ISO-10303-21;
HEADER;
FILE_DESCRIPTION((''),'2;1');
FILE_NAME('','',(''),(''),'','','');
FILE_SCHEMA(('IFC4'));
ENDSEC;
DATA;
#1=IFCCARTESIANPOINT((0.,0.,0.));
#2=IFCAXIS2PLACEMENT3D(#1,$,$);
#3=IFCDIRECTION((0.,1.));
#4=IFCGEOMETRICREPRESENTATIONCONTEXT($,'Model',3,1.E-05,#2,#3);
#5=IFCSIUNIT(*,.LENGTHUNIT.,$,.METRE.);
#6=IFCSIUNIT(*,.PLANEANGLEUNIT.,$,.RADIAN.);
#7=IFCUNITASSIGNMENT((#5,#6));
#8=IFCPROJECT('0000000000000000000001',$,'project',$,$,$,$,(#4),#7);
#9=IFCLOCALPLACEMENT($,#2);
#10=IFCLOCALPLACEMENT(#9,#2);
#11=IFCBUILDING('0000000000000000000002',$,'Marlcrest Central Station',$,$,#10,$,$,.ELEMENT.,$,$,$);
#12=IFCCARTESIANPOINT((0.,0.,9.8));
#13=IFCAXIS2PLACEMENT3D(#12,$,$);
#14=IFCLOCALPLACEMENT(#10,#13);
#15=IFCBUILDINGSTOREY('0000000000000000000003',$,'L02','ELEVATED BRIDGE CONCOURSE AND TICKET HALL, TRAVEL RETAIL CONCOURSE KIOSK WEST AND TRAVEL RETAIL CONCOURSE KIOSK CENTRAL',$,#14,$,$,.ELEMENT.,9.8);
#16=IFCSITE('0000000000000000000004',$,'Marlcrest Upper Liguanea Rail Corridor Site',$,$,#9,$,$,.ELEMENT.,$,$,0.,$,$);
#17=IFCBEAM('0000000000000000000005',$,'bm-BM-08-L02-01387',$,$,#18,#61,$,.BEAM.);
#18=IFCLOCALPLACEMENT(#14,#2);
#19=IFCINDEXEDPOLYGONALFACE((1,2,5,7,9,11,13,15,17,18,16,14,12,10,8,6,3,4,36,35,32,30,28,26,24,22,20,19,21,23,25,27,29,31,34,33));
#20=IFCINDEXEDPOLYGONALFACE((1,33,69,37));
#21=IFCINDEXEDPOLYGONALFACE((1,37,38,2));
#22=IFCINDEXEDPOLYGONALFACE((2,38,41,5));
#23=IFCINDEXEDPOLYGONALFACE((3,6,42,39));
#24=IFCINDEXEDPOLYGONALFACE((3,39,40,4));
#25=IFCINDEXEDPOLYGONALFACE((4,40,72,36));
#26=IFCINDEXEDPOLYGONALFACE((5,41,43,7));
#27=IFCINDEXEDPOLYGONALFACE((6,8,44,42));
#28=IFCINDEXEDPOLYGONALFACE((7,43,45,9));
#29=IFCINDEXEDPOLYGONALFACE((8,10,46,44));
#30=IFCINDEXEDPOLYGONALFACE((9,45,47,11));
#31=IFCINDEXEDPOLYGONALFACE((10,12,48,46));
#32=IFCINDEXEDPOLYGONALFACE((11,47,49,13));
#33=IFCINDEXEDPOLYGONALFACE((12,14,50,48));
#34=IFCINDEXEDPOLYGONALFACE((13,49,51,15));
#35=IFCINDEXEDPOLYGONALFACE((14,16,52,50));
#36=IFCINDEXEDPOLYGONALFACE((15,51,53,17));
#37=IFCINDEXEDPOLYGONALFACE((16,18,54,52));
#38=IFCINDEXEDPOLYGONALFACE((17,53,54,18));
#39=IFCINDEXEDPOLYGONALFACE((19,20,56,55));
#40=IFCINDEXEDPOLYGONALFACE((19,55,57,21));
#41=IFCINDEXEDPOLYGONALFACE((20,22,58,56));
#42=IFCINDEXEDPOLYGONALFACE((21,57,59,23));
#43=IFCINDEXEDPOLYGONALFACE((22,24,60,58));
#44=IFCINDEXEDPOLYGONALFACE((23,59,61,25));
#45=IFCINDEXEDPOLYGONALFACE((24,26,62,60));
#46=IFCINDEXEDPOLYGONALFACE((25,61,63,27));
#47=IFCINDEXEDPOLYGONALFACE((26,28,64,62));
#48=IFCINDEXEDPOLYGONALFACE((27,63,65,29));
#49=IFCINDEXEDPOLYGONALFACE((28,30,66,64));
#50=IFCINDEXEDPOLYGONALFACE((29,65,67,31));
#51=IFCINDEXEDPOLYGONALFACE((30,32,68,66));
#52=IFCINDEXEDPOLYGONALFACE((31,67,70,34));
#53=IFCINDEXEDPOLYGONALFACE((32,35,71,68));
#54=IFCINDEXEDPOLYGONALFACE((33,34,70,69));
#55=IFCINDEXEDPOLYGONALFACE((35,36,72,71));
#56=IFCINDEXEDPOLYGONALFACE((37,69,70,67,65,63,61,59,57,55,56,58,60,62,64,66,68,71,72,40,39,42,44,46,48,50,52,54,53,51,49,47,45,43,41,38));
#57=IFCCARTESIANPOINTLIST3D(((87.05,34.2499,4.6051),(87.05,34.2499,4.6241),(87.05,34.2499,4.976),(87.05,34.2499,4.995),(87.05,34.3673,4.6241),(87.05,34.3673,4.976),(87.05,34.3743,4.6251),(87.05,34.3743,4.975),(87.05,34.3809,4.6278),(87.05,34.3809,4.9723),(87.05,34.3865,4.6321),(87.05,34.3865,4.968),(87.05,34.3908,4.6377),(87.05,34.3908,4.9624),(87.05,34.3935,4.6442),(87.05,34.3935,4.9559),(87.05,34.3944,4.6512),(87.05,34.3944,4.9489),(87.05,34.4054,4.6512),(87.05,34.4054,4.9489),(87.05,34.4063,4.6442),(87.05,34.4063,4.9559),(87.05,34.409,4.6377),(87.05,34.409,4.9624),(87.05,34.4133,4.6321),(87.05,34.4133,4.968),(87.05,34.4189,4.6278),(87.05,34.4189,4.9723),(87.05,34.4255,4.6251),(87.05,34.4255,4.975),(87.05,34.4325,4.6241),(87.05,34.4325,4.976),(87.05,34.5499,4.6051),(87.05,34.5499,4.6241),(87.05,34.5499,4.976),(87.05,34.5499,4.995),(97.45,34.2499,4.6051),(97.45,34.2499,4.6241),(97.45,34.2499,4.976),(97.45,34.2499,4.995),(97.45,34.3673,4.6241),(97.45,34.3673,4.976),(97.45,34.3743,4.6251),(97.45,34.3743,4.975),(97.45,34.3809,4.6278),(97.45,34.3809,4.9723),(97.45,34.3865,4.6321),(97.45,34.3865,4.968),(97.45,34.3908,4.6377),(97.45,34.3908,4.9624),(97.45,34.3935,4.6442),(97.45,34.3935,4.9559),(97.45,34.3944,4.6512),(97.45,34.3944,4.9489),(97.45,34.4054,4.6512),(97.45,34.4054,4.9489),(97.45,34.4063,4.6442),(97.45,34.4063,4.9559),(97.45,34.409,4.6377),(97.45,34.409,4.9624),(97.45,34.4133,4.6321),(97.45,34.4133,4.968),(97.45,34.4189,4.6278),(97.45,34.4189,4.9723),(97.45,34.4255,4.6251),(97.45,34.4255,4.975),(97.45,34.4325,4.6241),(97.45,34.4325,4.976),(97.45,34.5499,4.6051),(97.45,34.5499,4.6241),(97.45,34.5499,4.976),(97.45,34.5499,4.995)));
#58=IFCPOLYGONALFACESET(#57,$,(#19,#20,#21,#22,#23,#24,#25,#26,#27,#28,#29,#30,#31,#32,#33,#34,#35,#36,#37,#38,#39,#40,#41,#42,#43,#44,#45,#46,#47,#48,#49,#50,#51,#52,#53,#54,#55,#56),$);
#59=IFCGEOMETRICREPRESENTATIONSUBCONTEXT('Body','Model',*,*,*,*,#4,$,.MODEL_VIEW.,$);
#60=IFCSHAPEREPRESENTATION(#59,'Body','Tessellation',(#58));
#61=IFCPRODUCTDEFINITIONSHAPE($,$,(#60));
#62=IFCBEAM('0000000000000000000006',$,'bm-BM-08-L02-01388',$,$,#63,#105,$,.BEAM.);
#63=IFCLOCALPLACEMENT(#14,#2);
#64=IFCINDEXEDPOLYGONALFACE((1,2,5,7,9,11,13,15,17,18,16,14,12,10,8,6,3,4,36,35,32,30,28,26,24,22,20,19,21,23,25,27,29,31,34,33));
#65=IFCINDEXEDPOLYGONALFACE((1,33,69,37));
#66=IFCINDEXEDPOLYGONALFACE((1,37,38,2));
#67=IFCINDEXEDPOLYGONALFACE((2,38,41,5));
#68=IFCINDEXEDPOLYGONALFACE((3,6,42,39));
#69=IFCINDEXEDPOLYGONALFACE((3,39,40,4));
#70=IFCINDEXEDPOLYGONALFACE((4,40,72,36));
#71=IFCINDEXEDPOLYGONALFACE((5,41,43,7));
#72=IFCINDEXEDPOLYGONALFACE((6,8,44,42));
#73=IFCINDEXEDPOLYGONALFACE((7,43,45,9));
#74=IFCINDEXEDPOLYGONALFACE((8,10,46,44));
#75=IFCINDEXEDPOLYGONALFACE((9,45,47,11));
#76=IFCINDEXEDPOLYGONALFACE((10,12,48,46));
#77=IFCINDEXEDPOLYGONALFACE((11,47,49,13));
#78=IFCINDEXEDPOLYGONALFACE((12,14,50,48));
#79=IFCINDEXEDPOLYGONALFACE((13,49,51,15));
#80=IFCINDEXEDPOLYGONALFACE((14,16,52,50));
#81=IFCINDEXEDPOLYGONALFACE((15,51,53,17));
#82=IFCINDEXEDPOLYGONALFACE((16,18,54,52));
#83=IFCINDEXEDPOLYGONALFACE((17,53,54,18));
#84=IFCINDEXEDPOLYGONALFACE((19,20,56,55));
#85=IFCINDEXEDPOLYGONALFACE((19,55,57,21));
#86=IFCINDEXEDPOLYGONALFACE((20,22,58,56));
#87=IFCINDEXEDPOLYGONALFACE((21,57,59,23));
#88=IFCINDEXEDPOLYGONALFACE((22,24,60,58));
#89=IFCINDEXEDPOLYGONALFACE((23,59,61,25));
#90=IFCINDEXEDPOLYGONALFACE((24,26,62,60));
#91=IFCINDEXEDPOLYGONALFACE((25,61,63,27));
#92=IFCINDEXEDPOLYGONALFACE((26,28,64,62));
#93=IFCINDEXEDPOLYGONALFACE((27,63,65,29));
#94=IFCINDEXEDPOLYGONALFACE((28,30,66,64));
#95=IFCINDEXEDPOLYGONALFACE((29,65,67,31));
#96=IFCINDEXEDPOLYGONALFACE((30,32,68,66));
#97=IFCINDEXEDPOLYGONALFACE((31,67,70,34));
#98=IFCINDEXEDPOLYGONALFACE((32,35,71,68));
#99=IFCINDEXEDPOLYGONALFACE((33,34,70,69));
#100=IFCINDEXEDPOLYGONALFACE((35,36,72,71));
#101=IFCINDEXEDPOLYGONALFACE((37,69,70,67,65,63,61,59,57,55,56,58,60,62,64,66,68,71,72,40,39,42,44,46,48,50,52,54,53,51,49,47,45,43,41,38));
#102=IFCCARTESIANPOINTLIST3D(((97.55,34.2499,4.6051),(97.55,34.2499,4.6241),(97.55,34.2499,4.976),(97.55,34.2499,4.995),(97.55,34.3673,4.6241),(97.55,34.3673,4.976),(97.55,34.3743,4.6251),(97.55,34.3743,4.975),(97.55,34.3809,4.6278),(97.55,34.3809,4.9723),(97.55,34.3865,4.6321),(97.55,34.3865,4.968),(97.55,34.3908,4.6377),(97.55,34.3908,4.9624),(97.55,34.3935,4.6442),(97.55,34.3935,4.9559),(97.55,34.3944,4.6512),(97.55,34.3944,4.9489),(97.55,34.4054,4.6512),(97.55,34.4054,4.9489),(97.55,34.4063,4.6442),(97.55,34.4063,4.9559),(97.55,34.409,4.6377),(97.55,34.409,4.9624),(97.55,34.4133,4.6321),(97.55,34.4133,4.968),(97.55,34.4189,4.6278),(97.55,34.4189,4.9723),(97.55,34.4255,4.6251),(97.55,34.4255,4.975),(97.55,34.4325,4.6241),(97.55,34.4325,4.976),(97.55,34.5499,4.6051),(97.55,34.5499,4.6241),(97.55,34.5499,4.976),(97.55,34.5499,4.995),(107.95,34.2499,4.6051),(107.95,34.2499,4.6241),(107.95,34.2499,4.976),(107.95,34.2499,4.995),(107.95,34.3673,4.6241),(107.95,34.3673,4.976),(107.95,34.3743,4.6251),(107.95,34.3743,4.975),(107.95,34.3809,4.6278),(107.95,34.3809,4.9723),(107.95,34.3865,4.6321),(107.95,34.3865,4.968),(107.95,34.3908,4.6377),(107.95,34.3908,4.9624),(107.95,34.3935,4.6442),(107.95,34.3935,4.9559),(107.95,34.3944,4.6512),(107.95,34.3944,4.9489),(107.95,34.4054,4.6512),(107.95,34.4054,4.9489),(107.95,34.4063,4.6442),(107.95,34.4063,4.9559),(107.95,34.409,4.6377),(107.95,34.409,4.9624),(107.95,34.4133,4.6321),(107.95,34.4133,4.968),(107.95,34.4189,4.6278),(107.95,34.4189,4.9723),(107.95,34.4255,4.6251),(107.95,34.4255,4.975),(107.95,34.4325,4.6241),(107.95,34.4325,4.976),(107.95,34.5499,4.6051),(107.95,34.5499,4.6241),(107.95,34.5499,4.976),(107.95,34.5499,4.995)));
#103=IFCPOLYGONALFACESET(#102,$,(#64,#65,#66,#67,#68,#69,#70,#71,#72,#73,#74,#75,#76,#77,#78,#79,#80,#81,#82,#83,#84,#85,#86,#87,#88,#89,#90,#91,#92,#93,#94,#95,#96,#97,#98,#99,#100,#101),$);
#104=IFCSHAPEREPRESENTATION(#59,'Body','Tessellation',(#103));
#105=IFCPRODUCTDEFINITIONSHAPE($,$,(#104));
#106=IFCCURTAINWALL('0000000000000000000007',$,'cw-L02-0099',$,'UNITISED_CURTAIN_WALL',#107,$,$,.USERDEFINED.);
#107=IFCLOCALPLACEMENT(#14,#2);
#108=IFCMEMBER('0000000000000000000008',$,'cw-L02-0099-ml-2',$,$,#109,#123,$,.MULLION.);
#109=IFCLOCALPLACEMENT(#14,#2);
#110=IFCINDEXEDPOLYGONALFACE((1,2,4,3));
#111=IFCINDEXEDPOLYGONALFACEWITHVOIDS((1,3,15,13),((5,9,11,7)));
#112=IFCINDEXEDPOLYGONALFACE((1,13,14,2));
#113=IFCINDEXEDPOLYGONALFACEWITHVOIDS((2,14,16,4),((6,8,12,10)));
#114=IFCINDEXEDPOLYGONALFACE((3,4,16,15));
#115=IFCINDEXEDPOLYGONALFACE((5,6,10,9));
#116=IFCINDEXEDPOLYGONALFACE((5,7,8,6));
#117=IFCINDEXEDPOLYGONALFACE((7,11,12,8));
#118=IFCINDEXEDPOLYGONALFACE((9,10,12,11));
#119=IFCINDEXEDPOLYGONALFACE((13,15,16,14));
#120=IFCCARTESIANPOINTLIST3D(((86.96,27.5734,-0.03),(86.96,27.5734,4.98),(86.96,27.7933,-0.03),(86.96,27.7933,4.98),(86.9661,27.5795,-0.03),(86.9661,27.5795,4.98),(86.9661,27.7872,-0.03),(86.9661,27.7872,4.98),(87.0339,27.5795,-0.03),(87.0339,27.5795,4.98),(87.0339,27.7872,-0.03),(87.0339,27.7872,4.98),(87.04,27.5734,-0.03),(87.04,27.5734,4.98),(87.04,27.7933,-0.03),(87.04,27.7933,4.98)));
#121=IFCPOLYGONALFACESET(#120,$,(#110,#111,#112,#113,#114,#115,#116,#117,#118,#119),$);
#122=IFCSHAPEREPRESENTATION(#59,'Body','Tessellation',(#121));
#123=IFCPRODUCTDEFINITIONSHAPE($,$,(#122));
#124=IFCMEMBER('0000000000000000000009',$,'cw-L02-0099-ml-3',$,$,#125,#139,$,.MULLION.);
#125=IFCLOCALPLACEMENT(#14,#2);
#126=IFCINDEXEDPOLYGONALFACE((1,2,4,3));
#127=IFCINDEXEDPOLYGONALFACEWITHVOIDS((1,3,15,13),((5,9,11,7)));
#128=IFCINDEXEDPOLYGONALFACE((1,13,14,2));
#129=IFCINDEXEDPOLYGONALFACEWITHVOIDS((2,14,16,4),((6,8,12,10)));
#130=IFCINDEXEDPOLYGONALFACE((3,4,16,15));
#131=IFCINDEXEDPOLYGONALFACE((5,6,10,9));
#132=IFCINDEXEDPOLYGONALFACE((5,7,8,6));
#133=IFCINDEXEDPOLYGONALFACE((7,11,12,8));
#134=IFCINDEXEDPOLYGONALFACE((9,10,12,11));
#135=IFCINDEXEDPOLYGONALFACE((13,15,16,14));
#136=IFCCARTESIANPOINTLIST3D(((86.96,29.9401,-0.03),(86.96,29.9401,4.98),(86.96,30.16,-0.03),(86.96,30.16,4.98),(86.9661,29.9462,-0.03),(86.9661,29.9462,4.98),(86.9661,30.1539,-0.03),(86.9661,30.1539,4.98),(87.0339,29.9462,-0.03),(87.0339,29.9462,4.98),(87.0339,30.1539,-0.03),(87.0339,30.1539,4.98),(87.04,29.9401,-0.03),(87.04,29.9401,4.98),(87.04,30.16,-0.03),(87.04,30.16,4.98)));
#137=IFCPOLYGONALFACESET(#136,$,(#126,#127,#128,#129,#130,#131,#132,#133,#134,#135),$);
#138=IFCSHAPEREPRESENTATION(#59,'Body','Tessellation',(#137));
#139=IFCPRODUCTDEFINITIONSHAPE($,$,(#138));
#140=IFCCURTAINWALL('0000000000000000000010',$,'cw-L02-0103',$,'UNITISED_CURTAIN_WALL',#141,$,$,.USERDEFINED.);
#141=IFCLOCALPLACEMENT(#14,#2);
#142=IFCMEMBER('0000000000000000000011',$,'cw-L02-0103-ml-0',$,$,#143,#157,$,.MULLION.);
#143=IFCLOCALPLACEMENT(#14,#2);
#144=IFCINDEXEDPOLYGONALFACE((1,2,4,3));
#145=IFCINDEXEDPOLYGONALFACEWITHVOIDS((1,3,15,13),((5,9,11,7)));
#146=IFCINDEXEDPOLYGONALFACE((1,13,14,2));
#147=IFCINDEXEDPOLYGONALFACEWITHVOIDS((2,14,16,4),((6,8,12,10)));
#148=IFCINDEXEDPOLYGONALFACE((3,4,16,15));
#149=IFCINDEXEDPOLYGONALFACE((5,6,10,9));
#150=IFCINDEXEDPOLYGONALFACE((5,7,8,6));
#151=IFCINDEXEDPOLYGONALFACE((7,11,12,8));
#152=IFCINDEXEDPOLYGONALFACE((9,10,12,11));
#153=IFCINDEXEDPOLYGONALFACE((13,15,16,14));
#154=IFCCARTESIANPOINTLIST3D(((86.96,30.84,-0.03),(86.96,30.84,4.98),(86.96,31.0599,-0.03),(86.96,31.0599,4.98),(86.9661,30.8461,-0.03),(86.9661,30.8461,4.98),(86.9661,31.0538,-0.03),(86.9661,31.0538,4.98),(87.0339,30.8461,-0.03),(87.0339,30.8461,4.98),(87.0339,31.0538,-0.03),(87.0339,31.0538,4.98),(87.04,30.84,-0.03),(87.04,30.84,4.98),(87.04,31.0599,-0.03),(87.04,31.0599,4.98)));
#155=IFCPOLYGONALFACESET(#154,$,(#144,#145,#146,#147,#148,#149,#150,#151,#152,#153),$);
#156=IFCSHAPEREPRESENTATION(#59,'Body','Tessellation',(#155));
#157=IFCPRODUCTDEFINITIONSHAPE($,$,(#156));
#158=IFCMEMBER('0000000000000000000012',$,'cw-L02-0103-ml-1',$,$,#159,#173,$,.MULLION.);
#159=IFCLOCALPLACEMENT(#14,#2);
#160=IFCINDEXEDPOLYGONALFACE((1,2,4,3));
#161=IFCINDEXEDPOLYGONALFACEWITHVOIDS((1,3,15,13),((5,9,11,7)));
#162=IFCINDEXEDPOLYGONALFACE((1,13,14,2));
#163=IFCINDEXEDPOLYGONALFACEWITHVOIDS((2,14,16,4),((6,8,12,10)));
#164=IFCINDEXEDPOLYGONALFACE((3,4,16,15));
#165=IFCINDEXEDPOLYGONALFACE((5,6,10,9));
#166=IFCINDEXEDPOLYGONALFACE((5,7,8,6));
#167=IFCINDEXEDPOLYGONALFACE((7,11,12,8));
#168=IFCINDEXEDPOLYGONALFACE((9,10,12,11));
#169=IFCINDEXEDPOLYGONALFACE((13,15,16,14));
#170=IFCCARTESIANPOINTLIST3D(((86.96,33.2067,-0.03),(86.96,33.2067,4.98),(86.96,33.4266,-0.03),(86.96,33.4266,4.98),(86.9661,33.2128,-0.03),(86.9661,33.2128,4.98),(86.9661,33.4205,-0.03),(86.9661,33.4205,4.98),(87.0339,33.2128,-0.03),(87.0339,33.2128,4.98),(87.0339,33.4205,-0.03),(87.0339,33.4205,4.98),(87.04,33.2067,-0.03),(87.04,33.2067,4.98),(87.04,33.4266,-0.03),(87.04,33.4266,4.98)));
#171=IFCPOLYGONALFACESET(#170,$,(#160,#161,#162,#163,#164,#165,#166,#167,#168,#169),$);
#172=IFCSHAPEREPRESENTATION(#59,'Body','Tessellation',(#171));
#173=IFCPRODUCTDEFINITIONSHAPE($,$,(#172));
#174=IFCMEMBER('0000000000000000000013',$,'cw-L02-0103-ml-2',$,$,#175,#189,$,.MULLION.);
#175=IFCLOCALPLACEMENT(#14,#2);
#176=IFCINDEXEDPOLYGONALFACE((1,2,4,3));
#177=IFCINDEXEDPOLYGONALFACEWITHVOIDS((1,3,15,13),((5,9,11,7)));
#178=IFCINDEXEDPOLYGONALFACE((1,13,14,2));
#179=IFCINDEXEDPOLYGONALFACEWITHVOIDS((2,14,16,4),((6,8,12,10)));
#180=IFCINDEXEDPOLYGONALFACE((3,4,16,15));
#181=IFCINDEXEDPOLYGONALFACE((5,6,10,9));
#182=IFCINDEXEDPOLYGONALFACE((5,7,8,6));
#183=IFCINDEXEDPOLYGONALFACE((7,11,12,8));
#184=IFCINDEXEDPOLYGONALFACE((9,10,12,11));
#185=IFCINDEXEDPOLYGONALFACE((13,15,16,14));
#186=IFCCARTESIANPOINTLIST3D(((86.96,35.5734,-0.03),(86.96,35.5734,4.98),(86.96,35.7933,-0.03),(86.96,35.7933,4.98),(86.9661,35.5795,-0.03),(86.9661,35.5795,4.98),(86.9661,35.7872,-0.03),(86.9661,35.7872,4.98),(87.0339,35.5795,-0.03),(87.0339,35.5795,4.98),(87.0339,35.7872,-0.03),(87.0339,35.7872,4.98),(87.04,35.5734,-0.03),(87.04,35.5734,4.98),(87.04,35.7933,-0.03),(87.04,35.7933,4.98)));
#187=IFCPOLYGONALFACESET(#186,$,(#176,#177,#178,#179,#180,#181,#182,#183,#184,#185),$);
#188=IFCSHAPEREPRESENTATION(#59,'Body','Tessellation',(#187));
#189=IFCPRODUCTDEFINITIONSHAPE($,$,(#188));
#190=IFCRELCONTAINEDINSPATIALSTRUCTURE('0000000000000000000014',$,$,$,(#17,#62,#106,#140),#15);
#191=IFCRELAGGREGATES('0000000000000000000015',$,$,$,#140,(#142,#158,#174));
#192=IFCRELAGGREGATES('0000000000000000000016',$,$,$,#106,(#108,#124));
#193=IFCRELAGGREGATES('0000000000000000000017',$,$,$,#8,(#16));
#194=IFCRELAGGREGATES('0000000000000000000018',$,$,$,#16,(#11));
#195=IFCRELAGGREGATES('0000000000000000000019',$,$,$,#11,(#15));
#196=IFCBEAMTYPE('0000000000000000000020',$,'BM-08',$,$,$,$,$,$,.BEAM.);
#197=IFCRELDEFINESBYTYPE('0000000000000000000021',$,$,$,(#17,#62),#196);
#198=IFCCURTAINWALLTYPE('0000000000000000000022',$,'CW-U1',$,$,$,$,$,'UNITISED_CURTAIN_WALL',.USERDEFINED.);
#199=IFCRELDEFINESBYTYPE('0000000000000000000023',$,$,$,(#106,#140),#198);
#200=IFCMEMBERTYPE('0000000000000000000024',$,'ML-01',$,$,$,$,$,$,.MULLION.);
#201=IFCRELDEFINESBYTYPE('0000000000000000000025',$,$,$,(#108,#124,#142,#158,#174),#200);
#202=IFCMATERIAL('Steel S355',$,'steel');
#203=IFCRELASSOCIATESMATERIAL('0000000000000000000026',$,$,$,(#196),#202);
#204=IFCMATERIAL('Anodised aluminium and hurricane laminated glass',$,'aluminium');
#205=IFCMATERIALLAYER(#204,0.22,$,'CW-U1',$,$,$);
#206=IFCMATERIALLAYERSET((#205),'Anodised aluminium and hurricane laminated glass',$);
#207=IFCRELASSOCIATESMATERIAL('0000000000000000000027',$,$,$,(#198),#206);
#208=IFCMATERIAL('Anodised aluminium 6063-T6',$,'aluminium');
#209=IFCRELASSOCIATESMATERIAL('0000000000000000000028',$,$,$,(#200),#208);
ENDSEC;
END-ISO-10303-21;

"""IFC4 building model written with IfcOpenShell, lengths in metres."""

from ifc_helpers import new_model, si_unit, direction, frame, origin, origin_2d, place, context, subcontext, project, spatial, hollow_rectangle, i_section, extrude, material, layer, layer_set, material_profile, profile_set, type_object, element, aggregate, save


model = new_model("IFC4")

# Units and contexts
model_context = context("Model", 3, precision=1e-05, world=origin(), true_north=direction((0.0, 1.0)))
body_context = subcontext(model_context, "Body", "Model", "MODEL_VIEW")
ifc_project = project(units=[si_unit("LENGTHUNIT", "METRE"), si_unit("PLANEANGLEUNIT", "RADIAN")], contexts=[model_context])

# Site, building, storey
site_placement = place(None, origin())
site = spatial("IfcSite", under=ifc_project, at=site_placement, Name="Marlcrest Upper Liguanea Rail Corridor Site", CompositionType="ELEMENT", RefElevation=0.0)
building_placement = place(site_placement, origin())
building = spatial("IfcBuilding", under=site, at=building_placement, Name="Marlcrest Central Station", CompositionType="ELEMENT")
storey_placement = place(building_placement, frame((0.0, 0.0, 9.8)))
storey = spatial("IfcBuildingStorey", under=building, at=storey_placement, Name="L02", Description="ELEVATED BRIDGE CONCOURSE AND TICKET HALL, TRAVEL RETAIL CONCOURSE KIOSK WEST AND TRAVEL RETAIL CONCOURSE KIOSK CENTRAL", CompositionType="ELEMENT", Elevation=9.8)

# Shared definitions
ifc_material_1 = material(Name="Steel S355", Category="steel")

# Beams
ifc_material_profile_1 = material_profile(ifc_material_1, i_section(OverallWidth=0.3, OverallDepth=0.3899, WebThickness=0.011, FlangeThickness=0.019, FilletRadius=0.0271, at=origin_2d()), Name="HEA 400")
ifc_profile_set_1 = profile_set([ifc_material_profile_1], Name="Steel S355")
beam_type = type_object("IfcBeamType", Name="BM-08", PredefinedType="BEAM", material=ifc_profile_set_1)
for number, where, z_axis, x_axis, name in (
    (1, (87.05, 34.3999, 4.8), (1.0, 0.0, 0.0), (0.0, 1.0, 0.0), "bm-BM-08-L02-01387"),
    (2, (97.55, 34.3999, 4.8), (1.0, 0.0, 0.0), (0.0, 1.0, 0.0), "bm-BM-08-L02-01388"),
):
    element("IfcBeam", number, at=place(storey_placement, frame(where, z_axis=z_axis, x_axis=x_axis)), inside=storey, type_object=beam_type, Name=name, PredefinedType="BEAM", context=body_context, shape_type="SweptSolid", body=[
        extrude(i_section(OverallWidth=0.3, OverallDepth=0.3899, WebThickness=0.011, FlangeThickness=0.019, FilletRadius=0.0271, at=origin_2d()), origin(), (0.0, 0.0, 1.0), 10.3999),
    ])

# Curtain walls, members
ifc_material_2 = material(Name="Anodised aluminium and hurricane laminated glass", Category="aluminium")
ifc_layer_1 = layer(ifc_material_2, 0.22, Name="CW-U1")
ifc_layer_set_1 = layer_set([ifc_layer_1], Name="Anodised aluminium and hurricane laminated glass")
curtain_wall_type = type_object("IfcCurtainWallType", Name="CW-U1", ElementType="UNITISED_CURTAIN_WALL", PredefinedType="USERDEFINED", material=ifc_layer_set_1)
curtain_wall_1_placement = place(storey_placement, origin())
curtain_wall_1 = element("IfcCurtainWall", 3, at=curtain_wall_1_placement, inside=storey, type_object=curtain_wall_type, Name="cw-L02-0099", ObjectType="UNITISED_CURTAIN_WALL", PredefinedType="USERDEFINED")
ifc_material_3 = material(Name="Anodised aluminium 6063-T6", Category="aluminium")
ifc_material_profile_2 = material_profile(ifc_material_3, hollow_rectangle(XDim=0.0801, YDim=0.22, WallThickness=0.0061, at=origin_2d()), Name="AA-RHS 220x80x6")
ifc_profile_set_2 = profile_set([ifc_material_profile_2], Name="Anodised aluminium 6063-T6")
member_type_1 = type_object("IfcMemberType", Name="ML-01", PredefinedType="MULLION", material=ifc_profile_set_2)
member_1_placement = place(storey_placement, frame((87.0, 27.6833, -0.03), z_axis=(0.0, 0.0, 1.0), x_axis=(1.0, 0.0, 0.0)))
member_1 = element("IfcMember", 4, at=member_1_placement, type_object=member_type_1, Name="cw-L02-0099-ml-2", PredefinedType="MULLION", context=body_context, shape_type="SweptSolid", body=[
    extrude(hollow_rectangle(XDim=0.0801, YDim=0.22, WallThickness=0.0061, at=origin_2d()), origin(), (0.0, 0.0, 1.0), 5.01),
])
member_2_placement = place(storey_placement, frame((87.0, 30.05, -0.03), z_axis=(0.0, 0.0, 1.0), x_axis=(1.0, 0.0, 0.0)))
member_2 = element("IfcMember", 5, at=member_2_placement, type_object=member_type_1, Name="cw-L02-0099-ml-3", PredefinedType="MULLION", context=body_context, shape_type="SweptSolid", body=[
    extrude(hollow_rectangle(XDim=0.0801, YDim=0.22, WallThickness=0.0061, at=origin_2d()), origin(), (0.0, 0.0, 1.0), 5.01),
])
curtain_wall_2_placement = place(storey_placement, origin())
curtain_wall_2 = element("IfcCurtainWall", 6, at=curtain_wall_2_placement, inside=storey, type_object=curtain_wall_type, Name="cw-L02-0103", ObjectType="UNITISED_CURTAIN_WALL", PredefinedType="USERDEFINED")
member_3_placement = place(storey_placement, frame((87.0, 30.95, -0.03), z_axis=(0.0, 0.0, 1.0), x_axis=(1.0, 0.0, 0.0)))
member_3 = element("IfcMember", 7, at=member_3_placement, type_object=member_type_1, Name="cw-L02-0103-ml-0", PredefinedType="MULLION", context=body_context, shape_type="SweptSolid", body=[
    extrude(hollow_rectangle(XDim=0.0801, YDim=0.22, WallThickness=0.0061, at=origin_2d()), origin(), (0.0, 0.0, 1.0), 5.01),
])
member_4_placement = place(storey_placement, frame((87.0, 33.3167, -0.03), z_axis=(0.0, 0.0, 1.0), x_axis=(1.0, 0.0, 0.0)))
member_4 = element("IfcMember", 8, at=member_4_placement, type_object=member_type_1, Name="cw-L02-0103-ml-1", PredefinedType="MULLION", context=body_context, shape_type="SweptSolid", body=[
    extrude(hollow_rectangle(XDim=0.0801, YDim=0.22, WallThickness=0.0061, at=origin_2d()), origin(), (0.0, 0.0, 1.0), 5.01),
])
member_5_placement = place(storey_placement, frame((87.0, 35.6833, -0.03), z_axis=(0.0, 0.0, 1.0), x_axis=(1.0, 0.0, 0.0)))
member_5 = element("IfcMember", 9, at=member_5_placement, type_object=member_type_1, Name="cw-L02-0103-ml-2", PredefinedType="MULLION", context=body_context, shape_type="SweptSolid", body=[
    extrude(hollow_rectangle(XDim=0.0801, YDim=0.22, WallThickness=0.0061, at=origin_2d()), origin(), (0.0, 0.0, 1.0), 5.01),
])

aggregate(curtain_wall_2, [member_3, member_4, member_5])
aggregate(curtain_wall_1, [member_1, member_2])

save(model, "model.ifc")
